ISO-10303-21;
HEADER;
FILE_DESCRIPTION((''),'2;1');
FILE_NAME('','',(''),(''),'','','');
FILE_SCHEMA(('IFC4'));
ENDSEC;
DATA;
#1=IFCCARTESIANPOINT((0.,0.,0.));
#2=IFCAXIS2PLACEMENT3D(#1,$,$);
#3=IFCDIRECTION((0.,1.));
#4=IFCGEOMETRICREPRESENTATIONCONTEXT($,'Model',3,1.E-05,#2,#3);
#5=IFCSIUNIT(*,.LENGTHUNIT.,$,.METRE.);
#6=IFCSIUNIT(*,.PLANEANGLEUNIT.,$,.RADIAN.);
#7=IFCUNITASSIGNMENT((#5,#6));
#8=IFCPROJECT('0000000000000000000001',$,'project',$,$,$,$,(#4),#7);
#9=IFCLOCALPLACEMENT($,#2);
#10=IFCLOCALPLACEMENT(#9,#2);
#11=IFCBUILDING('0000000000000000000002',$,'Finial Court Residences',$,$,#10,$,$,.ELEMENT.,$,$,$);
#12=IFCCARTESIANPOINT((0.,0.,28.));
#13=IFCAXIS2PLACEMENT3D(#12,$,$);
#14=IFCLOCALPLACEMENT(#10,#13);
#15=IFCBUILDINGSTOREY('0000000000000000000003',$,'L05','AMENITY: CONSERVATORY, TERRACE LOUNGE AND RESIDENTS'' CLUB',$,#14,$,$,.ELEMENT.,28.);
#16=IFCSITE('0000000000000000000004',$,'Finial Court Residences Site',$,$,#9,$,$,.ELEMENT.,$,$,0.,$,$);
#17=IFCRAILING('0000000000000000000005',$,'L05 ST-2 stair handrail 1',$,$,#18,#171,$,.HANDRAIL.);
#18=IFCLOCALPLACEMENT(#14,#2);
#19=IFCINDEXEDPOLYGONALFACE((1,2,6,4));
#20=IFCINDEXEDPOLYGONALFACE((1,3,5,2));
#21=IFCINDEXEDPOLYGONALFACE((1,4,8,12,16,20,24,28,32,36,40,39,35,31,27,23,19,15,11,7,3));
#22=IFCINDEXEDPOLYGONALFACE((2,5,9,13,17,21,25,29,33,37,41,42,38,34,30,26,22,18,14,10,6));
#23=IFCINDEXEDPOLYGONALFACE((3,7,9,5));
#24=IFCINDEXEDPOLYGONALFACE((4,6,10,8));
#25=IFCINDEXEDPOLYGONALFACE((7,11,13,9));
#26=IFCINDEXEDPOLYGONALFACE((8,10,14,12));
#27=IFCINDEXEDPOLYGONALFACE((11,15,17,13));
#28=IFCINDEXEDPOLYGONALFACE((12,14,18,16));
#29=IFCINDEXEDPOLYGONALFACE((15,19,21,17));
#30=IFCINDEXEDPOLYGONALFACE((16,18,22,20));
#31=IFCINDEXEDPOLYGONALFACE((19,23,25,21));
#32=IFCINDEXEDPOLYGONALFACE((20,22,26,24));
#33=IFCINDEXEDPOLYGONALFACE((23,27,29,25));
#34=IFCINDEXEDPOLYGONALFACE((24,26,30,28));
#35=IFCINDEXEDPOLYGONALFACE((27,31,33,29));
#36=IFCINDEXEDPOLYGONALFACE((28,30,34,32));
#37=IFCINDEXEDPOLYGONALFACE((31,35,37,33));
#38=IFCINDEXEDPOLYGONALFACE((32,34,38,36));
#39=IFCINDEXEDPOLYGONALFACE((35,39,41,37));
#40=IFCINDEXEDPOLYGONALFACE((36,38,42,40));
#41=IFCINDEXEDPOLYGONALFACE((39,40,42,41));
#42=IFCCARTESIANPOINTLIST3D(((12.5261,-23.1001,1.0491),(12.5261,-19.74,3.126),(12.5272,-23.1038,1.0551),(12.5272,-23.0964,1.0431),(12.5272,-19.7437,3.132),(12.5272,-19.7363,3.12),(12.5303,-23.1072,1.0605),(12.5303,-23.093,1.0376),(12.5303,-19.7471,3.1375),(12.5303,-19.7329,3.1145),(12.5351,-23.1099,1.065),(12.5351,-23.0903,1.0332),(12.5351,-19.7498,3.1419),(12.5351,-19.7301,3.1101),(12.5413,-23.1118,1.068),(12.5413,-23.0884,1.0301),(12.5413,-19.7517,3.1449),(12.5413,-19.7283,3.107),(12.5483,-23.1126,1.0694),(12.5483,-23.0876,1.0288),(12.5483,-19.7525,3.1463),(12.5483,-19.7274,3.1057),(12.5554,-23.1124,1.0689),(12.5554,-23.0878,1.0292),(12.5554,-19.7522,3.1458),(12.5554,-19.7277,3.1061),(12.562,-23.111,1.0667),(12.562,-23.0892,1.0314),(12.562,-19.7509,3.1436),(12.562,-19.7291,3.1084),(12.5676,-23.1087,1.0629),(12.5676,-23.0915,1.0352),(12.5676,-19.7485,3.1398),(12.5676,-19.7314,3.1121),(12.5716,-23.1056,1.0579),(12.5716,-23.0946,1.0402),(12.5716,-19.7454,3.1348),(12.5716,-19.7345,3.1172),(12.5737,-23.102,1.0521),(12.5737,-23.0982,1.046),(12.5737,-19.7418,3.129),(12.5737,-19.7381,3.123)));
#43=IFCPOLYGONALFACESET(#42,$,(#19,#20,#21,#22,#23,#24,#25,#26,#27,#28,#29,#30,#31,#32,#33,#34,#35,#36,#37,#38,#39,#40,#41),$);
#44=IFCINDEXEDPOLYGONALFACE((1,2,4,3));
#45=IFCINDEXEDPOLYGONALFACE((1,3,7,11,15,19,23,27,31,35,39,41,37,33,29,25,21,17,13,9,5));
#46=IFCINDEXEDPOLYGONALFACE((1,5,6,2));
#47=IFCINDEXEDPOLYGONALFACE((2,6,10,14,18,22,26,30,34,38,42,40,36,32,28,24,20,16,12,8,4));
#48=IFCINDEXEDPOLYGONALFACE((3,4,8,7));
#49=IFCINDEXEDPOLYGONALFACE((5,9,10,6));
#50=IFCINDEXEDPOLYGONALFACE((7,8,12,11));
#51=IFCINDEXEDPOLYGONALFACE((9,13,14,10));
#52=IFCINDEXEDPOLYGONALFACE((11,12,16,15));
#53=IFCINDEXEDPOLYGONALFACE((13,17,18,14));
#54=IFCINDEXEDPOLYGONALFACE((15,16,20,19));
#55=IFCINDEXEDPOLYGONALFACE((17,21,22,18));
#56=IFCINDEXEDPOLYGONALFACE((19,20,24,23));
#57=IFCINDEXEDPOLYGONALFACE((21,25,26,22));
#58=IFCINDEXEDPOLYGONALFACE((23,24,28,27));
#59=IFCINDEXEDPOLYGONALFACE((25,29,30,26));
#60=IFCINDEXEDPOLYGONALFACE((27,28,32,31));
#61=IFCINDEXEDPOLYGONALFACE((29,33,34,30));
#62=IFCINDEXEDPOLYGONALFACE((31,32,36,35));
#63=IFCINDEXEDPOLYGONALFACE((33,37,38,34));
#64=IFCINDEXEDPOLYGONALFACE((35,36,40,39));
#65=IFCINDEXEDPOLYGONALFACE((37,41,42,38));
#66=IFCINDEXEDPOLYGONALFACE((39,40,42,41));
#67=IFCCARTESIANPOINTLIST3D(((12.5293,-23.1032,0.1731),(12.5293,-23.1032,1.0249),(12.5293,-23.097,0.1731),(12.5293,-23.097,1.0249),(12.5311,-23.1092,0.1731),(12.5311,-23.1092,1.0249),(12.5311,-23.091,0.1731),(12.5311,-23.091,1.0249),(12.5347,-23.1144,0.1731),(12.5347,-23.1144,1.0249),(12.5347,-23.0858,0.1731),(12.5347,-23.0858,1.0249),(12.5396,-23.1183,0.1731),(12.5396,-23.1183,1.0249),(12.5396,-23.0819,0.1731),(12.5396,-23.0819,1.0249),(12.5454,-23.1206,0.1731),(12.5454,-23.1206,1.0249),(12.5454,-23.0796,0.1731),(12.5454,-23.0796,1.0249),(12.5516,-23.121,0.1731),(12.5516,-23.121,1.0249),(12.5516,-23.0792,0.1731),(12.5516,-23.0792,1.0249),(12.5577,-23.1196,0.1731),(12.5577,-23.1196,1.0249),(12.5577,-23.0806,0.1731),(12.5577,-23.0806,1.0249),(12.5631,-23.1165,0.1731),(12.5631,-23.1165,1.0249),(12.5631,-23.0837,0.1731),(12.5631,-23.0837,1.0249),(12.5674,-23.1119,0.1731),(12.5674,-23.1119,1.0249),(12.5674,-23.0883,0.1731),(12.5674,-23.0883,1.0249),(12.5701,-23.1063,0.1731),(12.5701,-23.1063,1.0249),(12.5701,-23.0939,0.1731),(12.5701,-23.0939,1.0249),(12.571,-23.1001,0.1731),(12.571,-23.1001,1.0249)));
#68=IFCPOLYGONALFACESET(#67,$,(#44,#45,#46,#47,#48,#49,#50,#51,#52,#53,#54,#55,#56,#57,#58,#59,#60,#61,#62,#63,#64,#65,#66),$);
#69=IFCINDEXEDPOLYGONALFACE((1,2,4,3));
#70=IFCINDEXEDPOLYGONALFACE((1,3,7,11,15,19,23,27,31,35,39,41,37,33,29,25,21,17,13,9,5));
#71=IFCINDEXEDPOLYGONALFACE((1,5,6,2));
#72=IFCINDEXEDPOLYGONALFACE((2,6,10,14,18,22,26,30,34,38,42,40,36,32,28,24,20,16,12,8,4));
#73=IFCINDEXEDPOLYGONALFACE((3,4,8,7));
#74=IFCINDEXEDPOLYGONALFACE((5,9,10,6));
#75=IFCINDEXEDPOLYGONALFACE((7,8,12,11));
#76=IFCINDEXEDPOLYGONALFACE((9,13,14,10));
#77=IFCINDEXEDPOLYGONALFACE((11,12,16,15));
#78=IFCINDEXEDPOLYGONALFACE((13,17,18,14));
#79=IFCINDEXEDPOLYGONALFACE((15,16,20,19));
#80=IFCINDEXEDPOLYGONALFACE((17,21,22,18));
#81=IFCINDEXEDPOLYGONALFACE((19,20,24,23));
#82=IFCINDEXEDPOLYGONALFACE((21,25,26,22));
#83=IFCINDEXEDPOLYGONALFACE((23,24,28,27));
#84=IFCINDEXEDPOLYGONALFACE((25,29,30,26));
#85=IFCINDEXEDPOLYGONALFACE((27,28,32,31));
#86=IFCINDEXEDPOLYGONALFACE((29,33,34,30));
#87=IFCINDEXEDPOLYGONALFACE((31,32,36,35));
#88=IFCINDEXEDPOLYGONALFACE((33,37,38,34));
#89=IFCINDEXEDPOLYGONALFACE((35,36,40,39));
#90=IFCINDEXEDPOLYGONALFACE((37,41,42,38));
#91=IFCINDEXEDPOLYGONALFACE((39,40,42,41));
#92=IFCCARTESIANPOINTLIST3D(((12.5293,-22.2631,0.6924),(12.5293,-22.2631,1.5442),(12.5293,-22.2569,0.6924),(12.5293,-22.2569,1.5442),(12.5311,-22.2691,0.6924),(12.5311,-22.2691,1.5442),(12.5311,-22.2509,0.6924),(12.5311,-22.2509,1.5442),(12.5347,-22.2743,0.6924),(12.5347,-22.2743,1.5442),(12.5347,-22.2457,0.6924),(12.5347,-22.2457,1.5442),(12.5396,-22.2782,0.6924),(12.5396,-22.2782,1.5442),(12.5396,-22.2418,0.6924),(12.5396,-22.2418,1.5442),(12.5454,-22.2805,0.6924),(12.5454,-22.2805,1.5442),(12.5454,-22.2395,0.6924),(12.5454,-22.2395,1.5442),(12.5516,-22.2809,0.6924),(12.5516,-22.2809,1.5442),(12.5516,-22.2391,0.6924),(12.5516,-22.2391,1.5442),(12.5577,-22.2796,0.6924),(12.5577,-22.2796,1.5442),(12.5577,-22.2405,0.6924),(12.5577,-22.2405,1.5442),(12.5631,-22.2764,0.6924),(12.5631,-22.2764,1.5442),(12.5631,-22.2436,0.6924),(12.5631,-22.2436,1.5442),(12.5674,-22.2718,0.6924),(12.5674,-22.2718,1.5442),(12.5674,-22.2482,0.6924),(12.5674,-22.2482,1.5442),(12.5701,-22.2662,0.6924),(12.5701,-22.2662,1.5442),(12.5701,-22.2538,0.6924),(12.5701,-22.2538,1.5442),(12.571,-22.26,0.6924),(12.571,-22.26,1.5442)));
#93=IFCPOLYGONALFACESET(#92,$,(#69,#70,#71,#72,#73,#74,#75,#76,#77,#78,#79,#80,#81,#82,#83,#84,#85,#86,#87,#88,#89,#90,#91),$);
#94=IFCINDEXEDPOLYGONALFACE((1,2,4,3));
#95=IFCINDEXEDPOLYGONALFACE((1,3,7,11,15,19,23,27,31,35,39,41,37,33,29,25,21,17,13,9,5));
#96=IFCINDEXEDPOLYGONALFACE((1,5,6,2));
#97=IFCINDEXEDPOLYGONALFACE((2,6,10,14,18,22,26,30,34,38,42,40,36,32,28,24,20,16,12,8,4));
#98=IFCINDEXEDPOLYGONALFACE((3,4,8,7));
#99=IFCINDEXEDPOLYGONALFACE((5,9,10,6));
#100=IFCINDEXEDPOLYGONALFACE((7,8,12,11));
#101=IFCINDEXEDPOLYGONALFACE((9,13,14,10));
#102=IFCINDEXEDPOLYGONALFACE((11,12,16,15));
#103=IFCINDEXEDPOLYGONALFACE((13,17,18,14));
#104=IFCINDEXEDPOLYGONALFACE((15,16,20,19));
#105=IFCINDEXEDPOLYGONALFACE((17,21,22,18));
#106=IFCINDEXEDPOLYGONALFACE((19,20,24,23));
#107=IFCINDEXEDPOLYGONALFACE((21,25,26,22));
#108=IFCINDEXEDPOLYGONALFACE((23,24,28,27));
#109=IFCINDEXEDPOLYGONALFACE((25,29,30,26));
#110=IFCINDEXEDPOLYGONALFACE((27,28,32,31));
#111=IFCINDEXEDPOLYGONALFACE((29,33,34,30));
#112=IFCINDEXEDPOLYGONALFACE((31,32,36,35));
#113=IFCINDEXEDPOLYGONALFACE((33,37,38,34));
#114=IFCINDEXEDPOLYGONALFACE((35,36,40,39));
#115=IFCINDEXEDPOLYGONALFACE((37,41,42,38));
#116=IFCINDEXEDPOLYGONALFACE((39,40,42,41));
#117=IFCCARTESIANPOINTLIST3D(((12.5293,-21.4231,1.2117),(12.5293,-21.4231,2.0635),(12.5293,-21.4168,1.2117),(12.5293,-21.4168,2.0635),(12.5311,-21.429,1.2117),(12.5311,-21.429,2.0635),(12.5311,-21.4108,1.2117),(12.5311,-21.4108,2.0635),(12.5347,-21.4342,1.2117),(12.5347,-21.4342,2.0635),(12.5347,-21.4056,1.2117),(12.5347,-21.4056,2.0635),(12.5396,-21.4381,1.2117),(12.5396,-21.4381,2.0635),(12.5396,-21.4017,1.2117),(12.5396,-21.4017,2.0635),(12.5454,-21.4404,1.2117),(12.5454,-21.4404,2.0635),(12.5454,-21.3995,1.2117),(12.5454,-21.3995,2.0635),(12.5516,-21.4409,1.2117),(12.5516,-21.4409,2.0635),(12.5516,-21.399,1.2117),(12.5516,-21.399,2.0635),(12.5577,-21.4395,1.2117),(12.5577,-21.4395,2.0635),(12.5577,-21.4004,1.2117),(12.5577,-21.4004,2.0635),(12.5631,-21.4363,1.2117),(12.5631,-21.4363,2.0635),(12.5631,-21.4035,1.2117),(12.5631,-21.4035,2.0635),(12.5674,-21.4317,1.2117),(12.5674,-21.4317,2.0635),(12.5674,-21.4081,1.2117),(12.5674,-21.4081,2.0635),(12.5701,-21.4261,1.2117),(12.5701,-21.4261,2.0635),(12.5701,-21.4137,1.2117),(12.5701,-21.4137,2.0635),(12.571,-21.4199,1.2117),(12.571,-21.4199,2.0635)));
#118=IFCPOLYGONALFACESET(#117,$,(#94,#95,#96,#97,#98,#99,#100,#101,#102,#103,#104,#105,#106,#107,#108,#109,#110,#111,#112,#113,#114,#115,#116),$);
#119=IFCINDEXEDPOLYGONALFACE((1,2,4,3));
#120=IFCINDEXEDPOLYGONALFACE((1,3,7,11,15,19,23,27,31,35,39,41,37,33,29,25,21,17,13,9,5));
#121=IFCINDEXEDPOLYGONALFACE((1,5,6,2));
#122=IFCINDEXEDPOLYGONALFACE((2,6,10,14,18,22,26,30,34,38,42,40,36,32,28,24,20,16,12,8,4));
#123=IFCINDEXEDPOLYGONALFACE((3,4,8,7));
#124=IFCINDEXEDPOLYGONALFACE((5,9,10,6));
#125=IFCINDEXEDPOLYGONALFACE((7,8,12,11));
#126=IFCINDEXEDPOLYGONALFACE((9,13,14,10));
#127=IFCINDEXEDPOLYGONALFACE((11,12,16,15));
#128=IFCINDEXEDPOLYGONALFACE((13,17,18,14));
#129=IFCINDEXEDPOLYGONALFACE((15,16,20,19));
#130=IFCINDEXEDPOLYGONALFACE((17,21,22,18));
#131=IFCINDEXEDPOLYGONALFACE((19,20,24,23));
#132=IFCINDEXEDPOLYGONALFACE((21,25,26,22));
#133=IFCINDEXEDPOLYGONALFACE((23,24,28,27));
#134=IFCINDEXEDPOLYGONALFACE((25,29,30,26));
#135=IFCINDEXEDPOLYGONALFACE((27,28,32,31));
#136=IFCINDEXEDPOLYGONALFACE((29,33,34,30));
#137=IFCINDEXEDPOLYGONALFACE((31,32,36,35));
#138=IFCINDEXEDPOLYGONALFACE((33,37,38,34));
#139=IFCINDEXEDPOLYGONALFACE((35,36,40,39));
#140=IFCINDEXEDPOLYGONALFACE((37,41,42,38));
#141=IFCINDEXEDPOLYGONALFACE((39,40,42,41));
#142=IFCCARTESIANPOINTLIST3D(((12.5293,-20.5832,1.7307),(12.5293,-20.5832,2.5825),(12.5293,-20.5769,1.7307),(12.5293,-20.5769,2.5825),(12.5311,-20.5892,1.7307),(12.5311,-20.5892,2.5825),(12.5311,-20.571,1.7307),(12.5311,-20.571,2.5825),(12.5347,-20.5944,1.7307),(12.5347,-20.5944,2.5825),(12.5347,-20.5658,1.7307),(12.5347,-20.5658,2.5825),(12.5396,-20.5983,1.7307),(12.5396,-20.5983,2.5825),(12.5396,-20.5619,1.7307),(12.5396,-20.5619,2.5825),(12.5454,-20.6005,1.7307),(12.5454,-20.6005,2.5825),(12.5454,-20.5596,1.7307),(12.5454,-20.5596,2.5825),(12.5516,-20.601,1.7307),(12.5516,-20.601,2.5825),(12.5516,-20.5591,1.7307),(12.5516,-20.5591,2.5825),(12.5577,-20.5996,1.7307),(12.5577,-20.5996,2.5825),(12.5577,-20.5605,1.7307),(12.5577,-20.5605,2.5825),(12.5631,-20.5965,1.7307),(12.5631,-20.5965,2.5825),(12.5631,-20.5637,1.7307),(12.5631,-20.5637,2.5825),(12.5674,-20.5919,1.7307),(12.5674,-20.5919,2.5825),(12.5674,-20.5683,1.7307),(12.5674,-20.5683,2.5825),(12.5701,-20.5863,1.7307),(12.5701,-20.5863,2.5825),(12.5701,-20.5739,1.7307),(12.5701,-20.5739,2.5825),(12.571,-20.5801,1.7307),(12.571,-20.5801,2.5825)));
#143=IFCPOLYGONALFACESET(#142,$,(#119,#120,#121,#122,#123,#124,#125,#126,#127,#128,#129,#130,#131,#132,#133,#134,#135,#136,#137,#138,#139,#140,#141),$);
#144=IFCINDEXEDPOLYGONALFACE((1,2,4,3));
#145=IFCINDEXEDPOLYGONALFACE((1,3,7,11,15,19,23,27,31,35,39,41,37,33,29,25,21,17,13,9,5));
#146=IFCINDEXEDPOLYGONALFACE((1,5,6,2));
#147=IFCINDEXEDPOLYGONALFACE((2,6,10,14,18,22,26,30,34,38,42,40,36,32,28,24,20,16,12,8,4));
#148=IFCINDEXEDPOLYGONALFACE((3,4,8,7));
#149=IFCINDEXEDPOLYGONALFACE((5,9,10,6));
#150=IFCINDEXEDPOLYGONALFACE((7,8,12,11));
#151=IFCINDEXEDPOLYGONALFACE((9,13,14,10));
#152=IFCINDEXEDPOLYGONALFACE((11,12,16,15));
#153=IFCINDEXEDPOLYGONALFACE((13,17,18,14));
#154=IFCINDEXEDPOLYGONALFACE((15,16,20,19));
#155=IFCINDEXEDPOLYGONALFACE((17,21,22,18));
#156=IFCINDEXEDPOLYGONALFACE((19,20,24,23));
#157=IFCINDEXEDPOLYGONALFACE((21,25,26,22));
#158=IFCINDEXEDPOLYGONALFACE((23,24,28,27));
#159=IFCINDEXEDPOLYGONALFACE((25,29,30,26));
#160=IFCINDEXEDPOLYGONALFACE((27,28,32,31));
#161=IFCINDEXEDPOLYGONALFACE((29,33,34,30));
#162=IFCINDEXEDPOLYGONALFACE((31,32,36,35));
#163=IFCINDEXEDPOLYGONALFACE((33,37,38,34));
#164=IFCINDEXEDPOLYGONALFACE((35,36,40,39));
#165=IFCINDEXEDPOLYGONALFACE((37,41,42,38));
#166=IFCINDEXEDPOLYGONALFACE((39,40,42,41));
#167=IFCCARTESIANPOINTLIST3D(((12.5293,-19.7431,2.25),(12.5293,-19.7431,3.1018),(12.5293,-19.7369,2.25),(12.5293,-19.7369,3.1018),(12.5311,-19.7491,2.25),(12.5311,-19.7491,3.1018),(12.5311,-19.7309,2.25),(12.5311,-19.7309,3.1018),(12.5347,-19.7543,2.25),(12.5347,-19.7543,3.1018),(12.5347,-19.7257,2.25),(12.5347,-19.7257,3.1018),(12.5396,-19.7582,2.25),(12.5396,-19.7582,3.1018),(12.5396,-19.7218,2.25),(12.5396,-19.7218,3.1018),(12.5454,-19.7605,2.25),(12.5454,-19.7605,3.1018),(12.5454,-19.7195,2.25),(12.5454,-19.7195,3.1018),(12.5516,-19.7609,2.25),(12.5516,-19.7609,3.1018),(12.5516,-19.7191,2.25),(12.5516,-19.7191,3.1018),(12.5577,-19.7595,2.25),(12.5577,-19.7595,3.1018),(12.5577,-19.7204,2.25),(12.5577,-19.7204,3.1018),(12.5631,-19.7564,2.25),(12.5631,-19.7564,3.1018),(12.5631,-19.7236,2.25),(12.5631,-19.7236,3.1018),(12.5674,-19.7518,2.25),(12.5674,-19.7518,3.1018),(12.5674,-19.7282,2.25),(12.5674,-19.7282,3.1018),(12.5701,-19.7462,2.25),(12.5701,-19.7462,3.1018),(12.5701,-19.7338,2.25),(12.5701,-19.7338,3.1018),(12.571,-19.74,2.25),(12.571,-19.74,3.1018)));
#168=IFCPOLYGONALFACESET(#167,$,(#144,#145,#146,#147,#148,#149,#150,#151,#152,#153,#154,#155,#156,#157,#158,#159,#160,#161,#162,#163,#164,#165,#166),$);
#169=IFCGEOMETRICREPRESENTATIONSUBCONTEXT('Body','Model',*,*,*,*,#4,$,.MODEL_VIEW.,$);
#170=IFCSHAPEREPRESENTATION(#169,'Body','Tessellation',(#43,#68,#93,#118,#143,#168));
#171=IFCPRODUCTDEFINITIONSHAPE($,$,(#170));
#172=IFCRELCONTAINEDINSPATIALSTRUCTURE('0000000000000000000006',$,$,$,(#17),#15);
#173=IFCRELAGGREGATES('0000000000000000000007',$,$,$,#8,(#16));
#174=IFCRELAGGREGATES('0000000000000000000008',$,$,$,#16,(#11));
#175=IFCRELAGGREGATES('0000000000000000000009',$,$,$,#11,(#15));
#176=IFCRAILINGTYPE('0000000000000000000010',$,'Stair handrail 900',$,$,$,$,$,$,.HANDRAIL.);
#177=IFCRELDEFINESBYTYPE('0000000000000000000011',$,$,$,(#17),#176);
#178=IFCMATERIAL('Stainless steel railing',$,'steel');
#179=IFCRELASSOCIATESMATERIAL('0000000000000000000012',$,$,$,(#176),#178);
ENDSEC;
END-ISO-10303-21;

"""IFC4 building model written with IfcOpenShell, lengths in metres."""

from ifc_helpers import new_model, si_unit, direction, frame, origin, origin_2d, place, context, subcontext, project, spatial, circle, extrude, material, type_object, element, save


model = new_model("IFC4")

# Units and contexts
model_context = context("Model", 3, precision=1e-05, world=origin(), true_north=direction((0.0, 1.0)))
body_context = subcontext(model_context, "Body", "Model", "MODEL_VIEW")
ifc_project = project(units=[si_unit("LENGTHUNIT", "METRE"), si_unit("PLANEANGLEUNIT", "RADIAN")], contexts=[model_context])

# Site, building, storey
site_placement = place(None, origin())
site = spatial("IfcSite", under=ifc_project, at=site_placement, Name="Finial Court Residences Site", CompositionType="ELEMENT", RefElevation=0.0)
building_placement = place(site_placement, origin())
building = spatial("IfcBuilding", under=site, at=building_placement, Name="Finial Court Residences", CompositionType="ELEMENT")
storey_placement = place(building_placement, frame((0.0, 0.0, 28.0)))
storey = spatial("IfcBuildingStorey", under=building, at=storey_placement, Name="L05", Description="AMENITY: CONSERVATORY, TERRACE LOUNGE AND RESIDENTS' CLUB", CompositionType="ELEMENT", Elevation=28.0)

# Railing
ifc_material_1 = material(Name="Stainless steel railing", Category="steel")
railing_type_1 = type_object("IfcRailingType", Name="Stair handrail 900", PredefinedType="HANDRAIL", material=ifc_material_1)
railing_1_placement = place(storey_placement, frame((12.55, -23.1001, 0.1731)))
element("IfcRailing", 1, at=railing_1_placement, inside=storey, type_object=railing_type_1, Name="L05 ST-2 stair handrail 1", PredefinedType="HANDRAIL", context=body_context, shape_type="SweptSolid", body=[
    extrude(circle(Radius=0.0239, at=origin_2d()), frame((0.0, 0.0, 0.876), z_axis=(0.0, 0.850623, 0.525776), x_axis=(-1.0, 0.0, 0.0)), (0.0, 0.0, 1.0), 3.9502),
    extrude(circle(Radius=0.021, at=origin_2d()), origin(), (0.0, 0.0, 1.0), 0.8518),
    extrude(circle(Radius=0.021, at=origin_2d()), frame((0.0, 0.8401, 0.5193)), (0.0, 0.0, 1.0), 0.8518),
    extrude(circle(Radius=0.021, at=origin_2d()), frame((0.0, 1.6802, 1.0386)), (0.0, 0.0, 1.0), 0.8518),
    extrude(circle(Radius=0.021, at=origin_2d()), frame((0.0, 2.52, 1.5576)), (0.0, 0.0, 1.0), 0.8518),
    extrude(circle(Radius=0.021, at=origin_2d()), frame((0.0, 3.3601, 2.0769)), (0.0, 0.0, 1.0), 0.8518),
])

save(model, "model.ifc")
